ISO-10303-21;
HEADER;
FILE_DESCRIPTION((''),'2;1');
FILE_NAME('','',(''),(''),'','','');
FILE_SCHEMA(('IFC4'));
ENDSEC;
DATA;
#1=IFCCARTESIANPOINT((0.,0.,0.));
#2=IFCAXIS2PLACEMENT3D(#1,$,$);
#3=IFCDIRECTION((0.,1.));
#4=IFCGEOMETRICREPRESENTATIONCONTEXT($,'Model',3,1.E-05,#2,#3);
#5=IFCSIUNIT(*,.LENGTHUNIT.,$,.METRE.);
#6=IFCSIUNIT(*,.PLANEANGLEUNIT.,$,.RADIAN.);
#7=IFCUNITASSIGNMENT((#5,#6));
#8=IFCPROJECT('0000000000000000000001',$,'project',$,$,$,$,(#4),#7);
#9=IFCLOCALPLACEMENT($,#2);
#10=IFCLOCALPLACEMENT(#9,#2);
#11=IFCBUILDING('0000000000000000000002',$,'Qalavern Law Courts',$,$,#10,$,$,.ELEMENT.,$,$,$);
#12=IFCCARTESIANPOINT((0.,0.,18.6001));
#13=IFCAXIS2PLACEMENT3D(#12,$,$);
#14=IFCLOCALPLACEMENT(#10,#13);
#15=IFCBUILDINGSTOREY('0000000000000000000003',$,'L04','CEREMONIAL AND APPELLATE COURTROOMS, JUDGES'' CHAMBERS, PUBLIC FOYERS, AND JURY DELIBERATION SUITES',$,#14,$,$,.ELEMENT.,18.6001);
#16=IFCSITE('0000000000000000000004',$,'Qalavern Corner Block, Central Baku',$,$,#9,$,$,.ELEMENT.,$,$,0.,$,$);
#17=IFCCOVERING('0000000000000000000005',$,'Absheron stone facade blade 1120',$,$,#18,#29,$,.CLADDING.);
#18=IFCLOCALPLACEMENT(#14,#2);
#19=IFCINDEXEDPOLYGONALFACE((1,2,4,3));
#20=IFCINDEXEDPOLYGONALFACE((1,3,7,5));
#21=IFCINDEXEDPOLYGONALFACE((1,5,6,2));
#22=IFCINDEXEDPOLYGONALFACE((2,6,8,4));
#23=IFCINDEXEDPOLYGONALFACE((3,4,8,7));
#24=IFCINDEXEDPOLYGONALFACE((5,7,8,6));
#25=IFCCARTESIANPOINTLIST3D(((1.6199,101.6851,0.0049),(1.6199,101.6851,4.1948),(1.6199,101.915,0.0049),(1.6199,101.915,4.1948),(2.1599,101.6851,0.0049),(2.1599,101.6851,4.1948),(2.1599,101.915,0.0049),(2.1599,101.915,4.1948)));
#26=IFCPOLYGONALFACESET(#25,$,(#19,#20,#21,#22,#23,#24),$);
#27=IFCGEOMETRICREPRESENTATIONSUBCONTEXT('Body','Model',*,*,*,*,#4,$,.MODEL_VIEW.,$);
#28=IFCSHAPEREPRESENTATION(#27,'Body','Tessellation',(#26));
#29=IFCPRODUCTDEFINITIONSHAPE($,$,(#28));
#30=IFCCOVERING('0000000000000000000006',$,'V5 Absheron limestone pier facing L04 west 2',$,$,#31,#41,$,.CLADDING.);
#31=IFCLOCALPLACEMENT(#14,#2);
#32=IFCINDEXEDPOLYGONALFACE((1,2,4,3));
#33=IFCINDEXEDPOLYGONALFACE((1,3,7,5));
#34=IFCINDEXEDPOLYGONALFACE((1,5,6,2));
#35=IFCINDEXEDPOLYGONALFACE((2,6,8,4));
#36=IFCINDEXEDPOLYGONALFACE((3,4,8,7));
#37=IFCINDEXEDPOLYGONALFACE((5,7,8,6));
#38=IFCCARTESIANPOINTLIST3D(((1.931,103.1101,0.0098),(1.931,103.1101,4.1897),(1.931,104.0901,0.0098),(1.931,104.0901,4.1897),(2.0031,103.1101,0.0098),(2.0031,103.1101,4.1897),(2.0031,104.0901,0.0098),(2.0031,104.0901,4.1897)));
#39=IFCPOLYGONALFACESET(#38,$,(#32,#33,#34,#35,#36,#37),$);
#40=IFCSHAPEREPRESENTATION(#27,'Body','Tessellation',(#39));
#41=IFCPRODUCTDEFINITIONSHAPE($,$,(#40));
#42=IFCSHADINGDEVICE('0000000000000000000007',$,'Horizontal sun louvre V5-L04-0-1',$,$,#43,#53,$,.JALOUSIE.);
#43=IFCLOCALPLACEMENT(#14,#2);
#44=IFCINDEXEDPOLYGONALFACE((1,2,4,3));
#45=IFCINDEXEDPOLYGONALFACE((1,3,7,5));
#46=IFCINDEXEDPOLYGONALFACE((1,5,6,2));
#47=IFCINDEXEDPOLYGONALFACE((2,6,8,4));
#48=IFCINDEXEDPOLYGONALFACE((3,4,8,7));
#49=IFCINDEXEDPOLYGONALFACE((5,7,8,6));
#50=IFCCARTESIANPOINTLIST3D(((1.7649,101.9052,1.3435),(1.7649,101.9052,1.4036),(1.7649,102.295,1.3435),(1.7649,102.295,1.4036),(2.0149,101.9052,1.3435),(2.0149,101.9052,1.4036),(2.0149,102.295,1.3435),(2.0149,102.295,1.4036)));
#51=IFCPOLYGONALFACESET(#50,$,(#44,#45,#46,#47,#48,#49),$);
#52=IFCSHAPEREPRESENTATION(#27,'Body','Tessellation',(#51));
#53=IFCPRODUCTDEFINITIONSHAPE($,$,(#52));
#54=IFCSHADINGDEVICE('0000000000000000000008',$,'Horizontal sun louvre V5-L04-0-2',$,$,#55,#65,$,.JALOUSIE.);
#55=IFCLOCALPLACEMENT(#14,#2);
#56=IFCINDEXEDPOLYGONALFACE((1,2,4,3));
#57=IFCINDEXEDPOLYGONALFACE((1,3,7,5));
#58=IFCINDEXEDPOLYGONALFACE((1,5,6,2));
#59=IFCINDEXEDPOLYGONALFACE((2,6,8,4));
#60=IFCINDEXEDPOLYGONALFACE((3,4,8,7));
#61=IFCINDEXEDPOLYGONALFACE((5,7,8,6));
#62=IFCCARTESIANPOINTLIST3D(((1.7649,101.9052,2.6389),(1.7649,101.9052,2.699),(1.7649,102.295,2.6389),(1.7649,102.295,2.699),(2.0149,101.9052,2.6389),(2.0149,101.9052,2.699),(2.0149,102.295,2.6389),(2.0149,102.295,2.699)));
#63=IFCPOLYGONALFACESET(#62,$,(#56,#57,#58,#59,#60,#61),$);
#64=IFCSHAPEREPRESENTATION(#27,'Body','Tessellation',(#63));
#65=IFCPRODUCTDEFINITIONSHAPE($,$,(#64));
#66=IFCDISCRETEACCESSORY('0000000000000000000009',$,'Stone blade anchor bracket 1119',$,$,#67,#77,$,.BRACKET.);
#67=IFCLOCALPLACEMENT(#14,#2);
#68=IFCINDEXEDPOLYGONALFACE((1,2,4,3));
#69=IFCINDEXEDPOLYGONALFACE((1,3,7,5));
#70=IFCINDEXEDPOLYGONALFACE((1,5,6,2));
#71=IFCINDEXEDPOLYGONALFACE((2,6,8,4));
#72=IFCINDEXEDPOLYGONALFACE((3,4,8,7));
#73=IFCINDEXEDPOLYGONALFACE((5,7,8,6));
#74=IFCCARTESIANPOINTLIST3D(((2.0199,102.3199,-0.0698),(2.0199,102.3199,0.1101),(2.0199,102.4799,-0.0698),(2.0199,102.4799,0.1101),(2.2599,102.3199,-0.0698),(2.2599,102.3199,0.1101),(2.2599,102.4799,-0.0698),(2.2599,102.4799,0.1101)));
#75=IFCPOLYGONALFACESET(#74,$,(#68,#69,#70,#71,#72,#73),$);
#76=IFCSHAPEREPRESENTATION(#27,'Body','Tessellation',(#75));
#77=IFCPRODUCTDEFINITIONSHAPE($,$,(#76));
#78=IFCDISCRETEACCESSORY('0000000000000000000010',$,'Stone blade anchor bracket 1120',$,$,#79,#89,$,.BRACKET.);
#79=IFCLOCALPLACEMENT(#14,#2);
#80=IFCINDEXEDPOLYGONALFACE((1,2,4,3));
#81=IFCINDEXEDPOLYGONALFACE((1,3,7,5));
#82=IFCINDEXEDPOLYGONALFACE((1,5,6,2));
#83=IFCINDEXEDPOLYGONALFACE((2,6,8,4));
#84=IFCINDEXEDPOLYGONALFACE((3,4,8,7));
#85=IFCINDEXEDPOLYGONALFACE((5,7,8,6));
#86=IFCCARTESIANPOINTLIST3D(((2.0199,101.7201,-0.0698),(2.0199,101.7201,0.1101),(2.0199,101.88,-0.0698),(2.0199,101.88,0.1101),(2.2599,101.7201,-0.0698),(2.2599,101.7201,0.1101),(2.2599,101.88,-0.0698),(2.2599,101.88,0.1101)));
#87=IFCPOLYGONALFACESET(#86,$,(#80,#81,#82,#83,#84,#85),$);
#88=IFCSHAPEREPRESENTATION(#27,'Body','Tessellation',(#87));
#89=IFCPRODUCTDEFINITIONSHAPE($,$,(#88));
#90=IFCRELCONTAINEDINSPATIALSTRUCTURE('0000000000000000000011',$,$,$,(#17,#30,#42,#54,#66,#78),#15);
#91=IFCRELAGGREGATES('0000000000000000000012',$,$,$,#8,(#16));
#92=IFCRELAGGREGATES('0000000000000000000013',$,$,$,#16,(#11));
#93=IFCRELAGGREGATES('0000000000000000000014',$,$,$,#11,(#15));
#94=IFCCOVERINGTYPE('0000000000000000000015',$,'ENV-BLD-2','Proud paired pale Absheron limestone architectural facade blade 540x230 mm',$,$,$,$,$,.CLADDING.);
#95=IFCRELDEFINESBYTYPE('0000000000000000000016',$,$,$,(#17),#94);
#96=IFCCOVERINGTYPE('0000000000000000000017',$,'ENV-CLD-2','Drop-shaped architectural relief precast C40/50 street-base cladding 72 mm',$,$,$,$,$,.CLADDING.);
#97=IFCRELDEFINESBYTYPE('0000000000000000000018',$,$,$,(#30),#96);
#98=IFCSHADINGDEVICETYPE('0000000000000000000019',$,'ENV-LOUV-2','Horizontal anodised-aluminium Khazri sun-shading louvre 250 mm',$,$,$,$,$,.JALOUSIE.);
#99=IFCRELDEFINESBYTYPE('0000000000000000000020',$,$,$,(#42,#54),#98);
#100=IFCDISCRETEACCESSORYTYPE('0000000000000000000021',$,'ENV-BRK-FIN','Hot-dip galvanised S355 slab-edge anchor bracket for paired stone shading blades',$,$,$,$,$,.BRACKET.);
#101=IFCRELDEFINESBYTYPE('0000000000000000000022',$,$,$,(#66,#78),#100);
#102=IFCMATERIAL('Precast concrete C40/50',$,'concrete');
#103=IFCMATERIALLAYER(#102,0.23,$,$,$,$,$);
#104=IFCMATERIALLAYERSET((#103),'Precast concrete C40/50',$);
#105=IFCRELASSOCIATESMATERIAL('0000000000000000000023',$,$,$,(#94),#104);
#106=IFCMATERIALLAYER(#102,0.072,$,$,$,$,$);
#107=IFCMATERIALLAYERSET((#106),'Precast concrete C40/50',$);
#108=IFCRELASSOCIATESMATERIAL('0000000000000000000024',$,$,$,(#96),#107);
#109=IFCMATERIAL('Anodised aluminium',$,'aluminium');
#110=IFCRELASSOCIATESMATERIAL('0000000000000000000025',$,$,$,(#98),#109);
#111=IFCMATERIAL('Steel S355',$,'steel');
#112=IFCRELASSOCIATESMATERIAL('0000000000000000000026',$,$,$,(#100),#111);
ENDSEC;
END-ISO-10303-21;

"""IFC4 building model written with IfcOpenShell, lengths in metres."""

from ifc_helpers import new_model, si_unit, direction, frame, origin, origin_2d, place, context, subcontext, project, spatial, rectangle, extrude, material, layer, layer_set, type_object, element, save


model = new_model("IFC4")

# Units and contexts
model_context = context("Model", 3, precision=1e-05, world=origin(), true_north=direction((0.0, 1.0)))
body_context = subcontext(model_context, "Body", "Model", "MODEL_VIEW")
ifc_project = project(units=[si_unit("LENGTHUNIT", "METRE"), si_unit("PLANEANGLEUNIT", "RADIAN")], contexts=[model_context])

# Site, building, storey
site_placement = place(None, origin())
site = spatial("IfcSite", under=ifc_project, at=site_placement, Name="Qalavern Corner Block, Central Baku", CompositionType="ELEMENT", RefElevation=0.0)
building_placement = place(site_placement, origin())
building = spatial("IfcBuilding", under=site, at=building_placement, Name="Qalavern Law Courts", CompositionType="ELEMENT")
storey_placement = place(building_placement, frame((0.0, 0.0, 18.6001)))
storey = spatial("IfcBuildingStorey", under=building, at=storey_placement, Name="L04", Description="CEREMONIAL AND APPELLATE COURTROOMS, JUDGES' CHAMBERS, PUBLIC FOYERS, AND JURY DELIBERATION SUITES", CompositionType="ELEMENT", Elevation=18.6001)

# Shared definitions
ifc_material_1 = material(Name="Anodised aluminium", Category="aluminium")

# Shared definitions
ifc_material_2 = material(Name="Steel S355", Category="steel")

# Coverings
ifc_material_3 = material(Name="Precast concrete C40/50", Category="concrete")
ifc_layer_1 = layer(ifc_material_3, 0.23)
ifc_layer_set_1 = layer_set([ifc_layer_1], Name="Precast concrete C40/50")
covering_type_1 = type_object("IfcCoveringType", Name="ENV-BLD-2", Description="Proud paired pale Absheron limestone architectural facade blade 540x230 mm", PredefinedType="CLADDING", material=ifc_layer_set_1)
for number, where, z_axis, x_axis, name in (
    (1, (1.8899, 101.8, 0.0049), (0.0, 0.0, 1.0), (-1.0, 0.0, 0.0), "Absheron stone facade blade 1120"),
):
    element("IfcCovering", number, at=place(storey_placement, frame(where, z_axis=z_axis, x_axis=x_axis)), inside=storey, type_object=covering_type_1, Name=name, PredefinedType="CLADDING", context=body_context, shape_type="SweptSolid", body=[
        extrude(rectangle(XDim=0.54, YDim=0.23, at=origin_2d()), origin(), (0.0, 0.0, 1.0), 4.1899),
    ])
ifc_layer_2 = layer(ifc_material_3, 0.072)
ifc_layer_set_2 = layer_set([ifc_layer_2], Name="Precast concrete C40/50")
covering_type_2 = type_object("IfcCoveringType", Name="ENV-CLD-2", Description="Drop-shaped architectural relief precast C40/50 street-base cladding 72 mm", PredefinedType="CLADDING", material=ifc_layer_set_2)
covering_placement = place(storey_placement, frame((1.967, 103.6001, 0.0098), z_axis=(0.0, 0.0, 1.0), x_axis=(0.0, -1.0, 0.0)))
element("IfcCovering", 2, at=covering_placement, inside=storey, type_object=covering_type_2, Name="V5 Absheron limestone pier facing L04 west 2", PredefinedType="CLADDING", context=body_context, shape_type="SweptSolid", body=[
    extrude(rectangle(XDim=0.98, YDim=0.072, at=origin_2d()), origin(), (0.0, 0.0, 1.0), 4.1799),
])

# Shading devices
shading_device_type = type_object("IfcShadingDeviceType", Name="ENV-LOUV-2", Description="Horizontal anodised-aluminium Khazri sun-shading louvre 250 mm", PredefinedType="JALOUSIE", material=ifc_material_1)
for number, where, z_axis, x_axis, name in (
    (3, (1.8899, 102.1001, 1.3435), (0.0, 0.0, 1.0), (0.0, -1.0, 0.0), "Horizontal sun louvre V5-L04-0-1"),
    (4, (1.8899, 102.1001, 2.6389), (0.0, 0.0, 1.0), (0.0, -1.0, 0.0), "Horizontal sun louvre V5-L04-0-2"),
):
    element("IfcShadingDevice", number, at=place(storey_placement, frame(where, z_axis=z_axis, x_axis=x_axis)), inside=storey, type_object=shading_device_type, Name=name, PredefinedType="JALOUSIE", context=body_context, shape_type="SweptSolid", body=[
        extrude(rectangle(XDim=0.3899, YDim=0.25, at=origin_2d()), origin(), (0.0, 0.0, 1.0), 0.0601),
    ])

# Discrete accessories
discrete_accessory_type = type_object("IfcDiscreteAccessoryType", Name="ENV-BRK-FIN", Description="Hot-dip galvanised S355 slab-edge anchor bracket for paired stone shading blades", PredefinedType="BRACKET", material=ifc_material_2)
for number, where, z_axis, x_axis, name in (
    (5, (2.1399, 102.3999, -0.0698), (0.0, 0.0, 1.0), (-1.0, 0.0, 0.0), "Stone blade anchor bracket 1119"),
    (6, (2.1399, 101.8, -0.0698), (0.0, 0.0, 1.0), (-1.0, 0.0, 0.0), "Stone blade anchor bracket 1120"),
):
    element("IfcDiscreteAccessory", number, at=place(storey_placement, frame(where, z_axis=z_axis, x_axis=x_axis)), inside=storey, type_object=discrete_accessory_type, Name=name, PredefinedType="BRACKET", context=body_context, shape_type="SweptSolid", body=[
        extrude(rectangle(XDim=0.24, YDim=0.1599, at=origin_2d()), origin(), (0.0, 0.0, 1.0), 0.1799),
    ])

save(model, "model.ifc")
